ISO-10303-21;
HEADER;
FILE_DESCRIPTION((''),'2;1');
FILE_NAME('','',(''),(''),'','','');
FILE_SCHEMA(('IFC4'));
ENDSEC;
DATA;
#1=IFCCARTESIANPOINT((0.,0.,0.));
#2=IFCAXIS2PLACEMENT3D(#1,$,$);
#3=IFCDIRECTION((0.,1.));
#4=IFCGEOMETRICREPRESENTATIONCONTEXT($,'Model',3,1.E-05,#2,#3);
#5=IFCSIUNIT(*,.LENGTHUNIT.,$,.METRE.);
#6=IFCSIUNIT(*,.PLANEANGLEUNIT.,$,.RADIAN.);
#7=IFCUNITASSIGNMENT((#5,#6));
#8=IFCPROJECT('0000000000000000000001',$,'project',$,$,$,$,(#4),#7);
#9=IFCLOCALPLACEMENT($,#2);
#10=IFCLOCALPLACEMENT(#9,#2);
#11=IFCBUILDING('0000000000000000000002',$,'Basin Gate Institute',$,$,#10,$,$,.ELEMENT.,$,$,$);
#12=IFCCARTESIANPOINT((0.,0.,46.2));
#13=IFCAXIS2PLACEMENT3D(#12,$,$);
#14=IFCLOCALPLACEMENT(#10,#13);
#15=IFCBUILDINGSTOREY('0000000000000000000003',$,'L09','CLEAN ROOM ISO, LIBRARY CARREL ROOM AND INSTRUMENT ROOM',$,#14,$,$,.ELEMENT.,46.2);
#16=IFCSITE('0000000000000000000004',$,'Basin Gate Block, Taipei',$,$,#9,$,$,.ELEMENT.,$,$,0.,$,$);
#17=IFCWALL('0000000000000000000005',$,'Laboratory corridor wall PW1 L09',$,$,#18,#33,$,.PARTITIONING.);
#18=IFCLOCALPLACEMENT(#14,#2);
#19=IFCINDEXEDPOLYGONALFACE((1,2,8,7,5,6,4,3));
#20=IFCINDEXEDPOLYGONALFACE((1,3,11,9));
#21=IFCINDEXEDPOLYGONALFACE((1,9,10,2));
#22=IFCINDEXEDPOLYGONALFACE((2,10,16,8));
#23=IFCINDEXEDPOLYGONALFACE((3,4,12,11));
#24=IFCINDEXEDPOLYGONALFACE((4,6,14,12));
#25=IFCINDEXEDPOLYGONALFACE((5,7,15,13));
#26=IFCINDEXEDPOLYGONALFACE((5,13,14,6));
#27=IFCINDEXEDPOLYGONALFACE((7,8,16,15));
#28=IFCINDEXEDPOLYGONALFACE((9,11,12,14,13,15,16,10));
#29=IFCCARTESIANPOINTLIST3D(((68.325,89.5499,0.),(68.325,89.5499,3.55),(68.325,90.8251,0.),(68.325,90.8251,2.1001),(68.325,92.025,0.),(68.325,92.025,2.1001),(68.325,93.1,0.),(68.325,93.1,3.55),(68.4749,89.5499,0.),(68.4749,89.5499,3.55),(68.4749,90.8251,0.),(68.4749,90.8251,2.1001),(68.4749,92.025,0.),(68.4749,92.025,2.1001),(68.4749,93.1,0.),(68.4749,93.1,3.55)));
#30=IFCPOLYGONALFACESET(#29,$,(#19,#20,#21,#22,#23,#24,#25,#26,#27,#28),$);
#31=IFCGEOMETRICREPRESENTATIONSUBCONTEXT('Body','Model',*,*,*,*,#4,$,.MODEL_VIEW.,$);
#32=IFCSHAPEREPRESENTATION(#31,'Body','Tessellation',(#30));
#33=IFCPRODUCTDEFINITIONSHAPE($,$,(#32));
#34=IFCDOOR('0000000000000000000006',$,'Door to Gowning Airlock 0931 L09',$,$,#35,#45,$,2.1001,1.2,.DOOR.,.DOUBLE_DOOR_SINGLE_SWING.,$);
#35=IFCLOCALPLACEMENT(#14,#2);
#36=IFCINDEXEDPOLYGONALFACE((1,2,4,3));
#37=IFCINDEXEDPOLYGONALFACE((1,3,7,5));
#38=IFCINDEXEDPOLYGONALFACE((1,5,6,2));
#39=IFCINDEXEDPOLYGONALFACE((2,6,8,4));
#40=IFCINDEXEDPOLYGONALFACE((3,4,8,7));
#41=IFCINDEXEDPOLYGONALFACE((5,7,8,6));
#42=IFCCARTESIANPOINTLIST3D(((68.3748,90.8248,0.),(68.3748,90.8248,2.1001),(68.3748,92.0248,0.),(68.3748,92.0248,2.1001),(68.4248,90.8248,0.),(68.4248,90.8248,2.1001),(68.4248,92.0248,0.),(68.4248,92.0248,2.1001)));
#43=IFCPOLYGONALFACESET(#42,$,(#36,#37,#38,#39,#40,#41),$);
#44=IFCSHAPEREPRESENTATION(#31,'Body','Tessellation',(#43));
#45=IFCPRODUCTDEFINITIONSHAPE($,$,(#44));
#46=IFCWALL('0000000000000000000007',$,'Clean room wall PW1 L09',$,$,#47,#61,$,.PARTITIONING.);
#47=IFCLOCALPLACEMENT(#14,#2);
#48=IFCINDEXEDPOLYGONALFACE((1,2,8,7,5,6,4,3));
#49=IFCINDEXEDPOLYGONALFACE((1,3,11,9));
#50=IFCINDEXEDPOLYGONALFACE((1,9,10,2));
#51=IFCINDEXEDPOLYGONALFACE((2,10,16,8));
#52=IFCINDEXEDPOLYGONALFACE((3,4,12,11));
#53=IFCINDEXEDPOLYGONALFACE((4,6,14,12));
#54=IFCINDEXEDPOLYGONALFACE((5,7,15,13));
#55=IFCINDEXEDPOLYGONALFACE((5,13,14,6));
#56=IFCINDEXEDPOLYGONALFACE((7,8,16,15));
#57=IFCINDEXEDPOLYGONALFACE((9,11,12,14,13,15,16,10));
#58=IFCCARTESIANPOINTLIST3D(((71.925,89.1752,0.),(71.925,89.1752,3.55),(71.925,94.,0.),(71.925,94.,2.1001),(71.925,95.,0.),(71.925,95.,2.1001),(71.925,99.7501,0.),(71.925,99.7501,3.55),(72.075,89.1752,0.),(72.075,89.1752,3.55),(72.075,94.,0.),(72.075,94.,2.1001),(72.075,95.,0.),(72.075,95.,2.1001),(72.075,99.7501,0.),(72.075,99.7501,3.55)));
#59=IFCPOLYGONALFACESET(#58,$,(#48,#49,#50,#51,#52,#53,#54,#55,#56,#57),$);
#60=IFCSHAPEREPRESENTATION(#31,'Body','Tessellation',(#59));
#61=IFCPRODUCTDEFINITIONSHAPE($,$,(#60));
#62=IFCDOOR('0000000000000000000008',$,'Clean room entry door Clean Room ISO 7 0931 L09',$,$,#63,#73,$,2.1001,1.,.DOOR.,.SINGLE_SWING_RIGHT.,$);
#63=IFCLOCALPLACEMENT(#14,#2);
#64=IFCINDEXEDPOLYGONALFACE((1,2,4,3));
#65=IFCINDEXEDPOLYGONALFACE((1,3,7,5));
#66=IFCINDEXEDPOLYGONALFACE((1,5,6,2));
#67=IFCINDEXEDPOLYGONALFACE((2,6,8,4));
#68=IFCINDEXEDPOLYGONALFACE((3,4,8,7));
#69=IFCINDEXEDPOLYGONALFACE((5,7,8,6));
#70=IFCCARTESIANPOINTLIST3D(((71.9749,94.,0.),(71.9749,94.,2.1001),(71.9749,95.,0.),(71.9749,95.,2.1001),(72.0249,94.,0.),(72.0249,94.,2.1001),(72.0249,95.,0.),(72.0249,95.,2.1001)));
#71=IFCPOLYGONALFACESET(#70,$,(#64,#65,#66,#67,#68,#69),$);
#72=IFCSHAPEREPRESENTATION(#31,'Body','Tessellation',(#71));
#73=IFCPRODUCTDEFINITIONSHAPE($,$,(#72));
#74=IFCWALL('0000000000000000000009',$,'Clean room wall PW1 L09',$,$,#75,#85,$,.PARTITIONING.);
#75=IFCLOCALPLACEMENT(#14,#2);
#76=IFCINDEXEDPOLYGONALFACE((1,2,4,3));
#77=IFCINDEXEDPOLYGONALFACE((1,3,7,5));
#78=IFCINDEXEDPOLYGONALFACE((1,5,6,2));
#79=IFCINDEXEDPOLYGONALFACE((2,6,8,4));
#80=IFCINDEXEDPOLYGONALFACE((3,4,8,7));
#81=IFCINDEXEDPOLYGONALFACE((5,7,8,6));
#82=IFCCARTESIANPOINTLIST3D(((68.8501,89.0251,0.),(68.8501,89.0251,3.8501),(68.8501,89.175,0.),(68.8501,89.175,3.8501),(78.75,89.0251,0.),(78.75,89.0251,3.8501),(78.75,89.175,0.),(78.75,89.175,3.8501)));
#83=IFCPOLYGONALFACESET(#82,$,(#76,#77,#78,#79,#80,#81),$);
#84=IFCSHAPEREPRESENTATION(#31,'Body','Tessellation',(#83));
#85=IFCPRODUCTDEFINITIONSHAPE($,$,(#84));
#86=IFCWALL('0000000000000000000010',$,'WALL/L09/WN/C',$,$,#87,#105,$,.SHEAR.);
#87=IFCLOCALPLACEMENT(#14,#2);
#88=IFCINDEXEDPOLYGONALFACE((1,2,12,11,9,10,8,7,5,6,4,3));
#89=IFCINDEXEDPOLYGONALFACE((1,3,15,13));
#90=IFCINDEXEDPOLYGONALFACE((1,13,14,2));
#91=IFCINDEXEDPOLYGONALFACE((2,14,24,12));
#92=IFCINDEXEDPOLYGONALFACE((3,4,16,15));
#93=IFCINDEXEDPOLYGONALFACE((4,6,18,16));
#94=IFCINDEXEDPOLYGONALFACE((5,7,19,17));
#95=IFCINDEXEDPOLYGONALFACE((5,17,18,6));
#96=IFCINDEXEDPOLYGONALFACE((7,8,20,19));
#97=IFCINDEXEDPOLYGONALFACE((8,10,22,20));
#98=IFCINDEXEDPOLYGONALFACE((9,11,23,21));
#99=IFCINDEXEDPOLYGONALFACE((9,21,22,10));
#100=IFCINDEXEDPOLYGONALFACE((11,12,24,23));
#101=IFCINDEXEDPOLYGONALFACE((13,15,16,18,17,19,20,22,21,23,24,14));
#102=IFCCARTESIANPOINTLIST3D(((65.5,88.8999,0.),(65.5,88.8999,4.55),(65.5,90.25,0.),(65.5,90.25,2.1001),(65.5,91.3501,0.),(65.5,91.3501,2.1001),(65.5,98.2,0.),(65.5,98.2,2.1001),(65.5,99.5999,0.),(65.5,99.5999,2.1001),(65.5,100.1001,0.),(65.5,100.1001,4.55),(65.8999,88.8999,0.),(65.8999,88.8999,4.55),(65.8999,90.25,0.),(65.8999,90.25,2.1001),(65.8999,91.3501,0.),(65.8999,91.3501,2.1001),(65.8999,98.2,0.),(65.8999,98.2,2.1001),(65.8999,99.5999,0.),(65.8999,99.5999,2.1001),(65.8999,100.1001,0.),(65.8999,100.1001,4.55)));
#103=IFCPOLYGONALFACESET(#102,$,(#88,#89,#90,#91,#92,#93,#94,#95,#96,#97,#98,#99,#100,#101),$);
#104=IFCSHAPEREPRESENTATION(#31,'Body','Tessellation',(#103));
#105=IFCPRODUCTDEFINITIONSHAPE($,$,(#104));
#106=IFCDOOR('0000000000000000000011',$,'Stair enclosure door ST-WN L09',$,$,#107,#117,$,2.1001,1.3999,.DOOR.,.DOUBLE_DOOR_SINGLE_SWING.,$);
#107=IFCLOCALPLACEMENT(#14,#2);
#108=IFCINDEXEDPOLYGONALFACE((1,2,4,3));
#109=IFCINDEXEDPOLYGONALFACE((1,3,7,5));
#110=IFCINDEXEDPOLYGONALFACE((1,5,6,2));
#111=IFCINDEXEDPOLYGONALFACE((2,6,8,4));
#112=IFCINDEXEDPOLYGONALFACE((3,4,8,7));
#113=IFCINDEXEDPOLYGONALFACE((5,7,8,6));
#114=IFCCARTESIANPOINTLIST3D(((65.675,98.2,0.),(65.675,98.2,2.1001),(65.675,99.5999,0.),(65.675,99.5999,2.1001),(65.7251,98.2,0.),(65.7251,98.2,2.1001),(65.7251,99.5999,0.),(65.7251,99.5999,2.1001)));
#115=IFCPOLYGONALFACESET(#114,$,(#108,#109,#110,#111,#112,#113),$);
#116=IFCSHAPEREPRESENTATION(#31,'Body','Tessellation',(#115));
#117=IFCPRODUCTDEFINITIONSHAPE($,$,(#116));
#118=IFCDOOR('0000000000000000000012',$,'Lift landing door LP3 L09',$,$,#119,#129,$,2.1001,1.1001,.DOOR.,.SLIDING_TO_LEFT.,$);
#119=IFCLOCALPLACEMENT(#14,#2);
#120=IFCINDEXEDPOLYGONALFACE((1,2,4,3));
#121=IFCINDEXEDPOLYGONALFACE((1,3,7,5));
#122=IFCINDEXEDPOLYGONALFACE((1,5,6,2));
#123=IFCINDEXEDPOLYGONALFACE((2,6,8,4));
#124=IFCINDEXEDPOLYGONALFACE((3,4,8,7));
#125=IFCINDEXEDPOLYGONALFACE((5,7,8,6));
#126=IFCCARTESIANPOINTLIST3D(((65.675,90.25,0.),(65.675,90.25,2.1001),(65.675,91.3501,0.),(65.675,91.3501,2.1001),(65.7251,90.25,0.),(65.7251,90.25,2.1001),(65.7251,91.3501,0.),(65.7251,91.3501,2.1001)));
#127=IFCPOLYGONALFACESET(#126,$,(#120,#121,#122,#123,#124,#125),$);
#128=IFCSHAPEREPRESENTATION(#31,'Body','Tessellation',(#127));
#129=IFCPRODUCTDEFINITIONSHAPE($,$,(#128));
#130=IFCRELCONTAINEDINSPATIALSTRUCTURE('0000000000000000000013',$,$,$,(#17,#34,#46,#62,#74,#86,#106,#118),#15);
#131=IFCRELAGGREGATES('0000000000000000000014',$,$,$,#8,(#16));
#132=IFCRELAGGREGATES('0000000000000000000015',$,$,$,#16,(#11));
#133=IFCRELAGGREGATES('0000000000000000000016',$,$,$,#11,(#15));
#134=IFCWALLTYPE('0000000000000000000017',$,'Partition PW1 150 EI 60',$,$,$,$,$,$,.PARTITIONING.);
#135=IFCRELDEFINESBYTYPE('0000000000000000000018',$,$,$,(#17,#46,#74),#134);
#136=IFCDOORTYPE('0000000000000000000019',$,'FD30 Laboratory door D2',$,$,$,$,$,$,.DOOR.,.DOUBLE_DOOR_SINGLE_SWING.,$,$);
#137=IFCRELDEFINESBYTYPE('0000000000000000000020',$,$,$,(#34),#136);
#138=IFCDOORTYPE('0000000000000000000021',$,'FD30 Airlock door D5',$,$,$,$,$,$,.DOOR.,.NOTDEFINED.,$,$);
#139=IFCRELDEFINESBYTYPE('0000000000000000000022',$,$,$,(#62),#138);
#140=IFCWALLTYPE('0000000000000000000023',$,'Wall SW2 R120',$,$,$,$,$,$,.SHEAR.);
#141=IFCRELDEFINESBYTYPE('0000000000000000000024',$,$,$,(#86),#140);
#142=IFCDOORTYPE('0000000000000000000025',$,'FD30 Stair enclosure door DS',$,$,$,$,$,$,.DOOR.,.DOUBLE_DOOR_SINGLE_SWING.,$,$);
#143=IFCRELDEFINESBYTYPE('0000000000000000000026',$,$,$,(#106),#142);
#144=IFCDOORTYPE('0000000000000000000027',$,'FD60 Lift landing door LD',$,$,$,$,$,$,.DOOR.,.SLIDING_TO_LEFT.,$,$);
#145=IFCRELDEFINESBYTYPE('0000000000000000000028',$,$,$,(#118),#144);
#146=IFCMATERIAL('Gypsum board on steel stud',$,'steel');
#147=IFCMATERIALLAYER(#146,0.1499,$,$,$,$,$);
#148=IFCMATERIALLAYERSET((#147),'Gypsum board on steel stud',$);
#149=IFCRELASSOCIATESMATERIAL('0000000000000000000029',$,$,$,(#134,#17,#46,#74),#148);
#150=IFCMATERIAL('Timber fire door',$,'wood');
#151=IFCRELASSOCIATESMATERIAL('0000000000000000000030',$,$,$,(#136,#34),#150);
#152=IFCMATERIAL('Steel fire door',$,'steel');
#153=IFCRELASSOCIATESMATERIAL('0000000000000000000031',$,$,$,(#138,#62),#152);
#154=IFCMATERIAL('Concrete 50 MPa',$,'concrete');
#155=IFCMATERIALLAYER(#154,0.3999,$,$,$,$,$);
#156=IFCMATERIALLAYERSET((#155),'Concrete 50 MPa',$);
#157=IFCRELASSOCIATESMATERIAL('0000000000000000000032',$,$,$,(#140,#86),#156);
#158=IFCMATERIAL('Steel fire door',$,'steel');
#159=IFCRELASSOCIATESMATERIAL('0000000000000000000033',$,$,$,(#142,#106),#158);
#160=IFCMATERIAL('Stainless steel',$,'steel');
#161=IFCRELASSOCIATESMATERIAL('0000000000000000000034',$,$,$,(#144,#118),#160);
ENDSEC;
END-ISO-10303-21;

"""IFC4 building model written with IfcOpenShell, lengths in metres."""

from ifc_helpers import new_model, si_unit, direction, frame, frame_2d, origin, place, context, subcontext, project, spatial, rectangle, extrude, material, layer, layer_set, type_object, element, fill, save


model = new_model("IFC4")

# Units and contexts
model_context = context("Model", 3, precision=1e-05, world=origin(), true_north=direction((0.0, 1.0)))
body_context = subcontext(model_context, "Body", "Model", "MODEL_VIEW")
ifc_project = project(units=[si_unit("LENGTHUNIT", "METRE"), si_unit("PLANEANGLEUNIT", "RADIAN")], contexts=[model_context])

# Site, building, storey
site_placement = place(None, origin())
site = spatial("IfcSite", under=ifc_project, at=site_placement, Name="Basin Gate Block, Taipei", CompositionType="ELEMENT", RefElevation=0.0)
building_placement = place(site_placement, origin())
building = spatial("IfcBuilding", under=site, at=building_placement, Name="Basin Gate Institute", CompositionType="ELEMENT")
storey_placement = place(building_placement, frame((0.0, 0.0, 46.2)))
storey = spatial("IfcBuildingStorey", under=building, at=storey_placement, Name="L09", Description="CLEAN ROOM ISO, LIBRARY CARREL ROOM AND INSTRUMENT ROOM", CompositionType="ELEMENT", Elevation=46.2)

# Walls, openings, doors
ifc_material_1 = material(Name="Gypsum board on steel stud", Category="steel")
ifc_layer_1 = layer(ifc_material_1, 0.1499)
ifc_layer_set_1 = layer_set([ifc_layer_1], Name="Gypsum board on steel stud")
wall_type_1 = type_object("IfcWallType", Name="Partition PW1 150 EI 60", PredefinedType="PARTITIONING", material=ifc_layer_set_1)
wall_1_placement = place(storey_placement, frame((68.3999, 89.55, 0.0), z_axis=(0.0, 0.0, 1.0), x_axis=(0.0, 1.0, 0.0)))
wall_1 = element("IfcWall", 1, at=wall_1_placement, inside=storey, type_object=wall_type_1, material=ifc_layer_set_1, Name="Laboratory corridor wall PW1 L09", PredefinedType="PARTITIONING", context=body_context, shape_type="SweptSolid", body=[
    extrude(rectangle(XDim=3.55, YDim=0.1499, at=frame_2d((1.7749, 0.0))), origin(), (0.0, 0.0, 1.0), 3.55),
])
opening_1_placement = place(wall_1_placement, frame((1.2749, 0.0, 0.0)))
opening_1 = element("IfcOpeningElement", 2, at=opening_1_placement, cuts=wall_1, PredefinedType="OPENING", context=body_context, shape_type="SweptSolid", body=[
    extrude(rectangle(XDim=1.2, YDim=2.1001, at=frame_2d((0.6001, 1.05))), frame((0.0, 0.085, 0.0), z_axis=(0.0, -1.0, 0.0), x_axis=(1.0, 0.0, 0.0)), (0.0, 0.0, 1.0), 0.1699),
])
ifc_material_2 = material(Name="Timber fire door", Category="wood")
door_type_1 = type_object("IfcDoorType", Name="FD30 Laboratory door D2", OperationType="DOUBLE_DOOR_SINGLE_SWING", PredefinedType="DOOR", material=ifc_material_2)
door_1_placement = place(opening_1_placement, frame((1.2, 0.0, 0.0), z_axis=(0.0, 0.0, 1.0), x_axis=(-1.0, 0.0, 0.0)))
door_1 = element("IfcDoor", 3, at=door_1_placement, inside=storey, type_object=door_type_1, material=ifc_material_2, Name="Door to Gowning Airlock 0931 L09", OperationType="DOUBLE_DOOR_SINGLE_SWING", OverallHeight=2.1001, OverallWidth=1.2, PredefinedType="DOOR", context=body_context, shape_type="SweptSolid", body=[
    extrude(rectangle(XDim=1.2, YDim=2.1001, at=frame_2d((0.6001, 1.05))), frame((0.0, 0.0249, 0.0), z_axis=(0.0, -1.0, 0.0), x_axis=(1.0, 0.0, 0.0)), (0.0, 0.0, 1.0), 0.05),
])
fill(opening_1, door_1)
wall_2_placement = place(storey_placement, frame((72.0, 89.175, 0.0), z_axis=(0.0, 0.0, 1.0), x_axis=(0.0, 1.0, 0.0)))
wall_2 = element("IfcWall", 4, at=wall_2_placement, inside=storey, type_object=wall_type_1, material=ifc_layer_set_1, Name="Clean room wall PW1 L09", PredefinedType="PARTITIONING", context=body_context, shape_type="SweptSolid", body=[
    extrude(rectangle(XDim=10.575, YDim=0.1499, at=frame_2d((5.2876, 0.0))), origin(), (0.0, 0.0, 1.0), 3.55),
])
opening_2_placement = place(wall_2_placement, frame((4.825, 0.0, 0.0)))
opening_2 = element("IfcOpeningElement", 5, at=opening_2_placement, cuts=wall_2, PredefinedType="OPENING", context=body_context, shape_type="SweptSolid", body=[
    extrude(rectangle(XDim=1.0, YDim=2.1001, at=frame_2d((0.5, 1.05))), frame((0.0, 0.085, 0.0), z_axis=(0.0, -1.0, 0.0), x_axis=(1.0, 0.0, 0.0)), (0.0, 0.0, 1.0), 0.1699),
])
ifc_material_3 = material(Name="Steel fire door", Category="steel")
door_type_2 = type_object("IfcDoorType", Name="FD30 Airlock door D5", OperationType="NOTDEFINED", PredefinedType="DOOR", material=ifc_material_3)
door_2_placement = place(opening_2_placement, frame((1.0, 0.0, 0.0), z_axis=(0.0, 0.0, 1.0), x_axis=(-1.0, 0.0, 0.0)))
door_2 = element("IfcDoor", 6, at=door_2_placement, inside=storey, type_object=door_type_2, material=ifc_material_3, Name="Clean room entry door Clean Room ISO 7 0931 L09", OperationType="SINGLE_SWING_RIGHT", OverallHeight=2.1001, OverallWidth=1.0, PredefinedType="DOOR", context=body_context, shape_type="SweptSolid", body=[
    extrude(rectangle(XDim=1.0, YDim=2.1001, at=frame_2d((0.5, 1.05))), frame((0.0, 0.0249, 0.0), z_axis=(0.0, -1.0, 0.0), x_axis=(1.0, 0.0, 0.0)), (0.0, 0.0, 1.0), 0.05),
])
fill(opening_2, door_2)

# Wall
wall_3_placement = place(storey_placement, frame((68.8501, 89.1001, 0.0), z_axis=(0.0, 0.0, 1.0), x_axis=(1.0, 0.0, 0.0)))
element("IfcWall", 7, at=wall_3_placement, inside=storey, type_object=wall_type_1, material=ifc_layer_set_1, Name="Clean room wall PW1 L09", PredefinedType="PARTITIONING", context=body_context, shape_type="SweptSolid", body=[
    extrude(rectangle(XDim=9.8999, YDim=0.1499, at=frame_2d((4.95, 0.0))), origin(), (0.0, 0.0, 1.0), 3.8501),
])

# Wall, openings, doors
ifc_material_4 = material(Name="Concrete 50 MPa", Category="concrete")
ifc_layer_2 = layer(ifc_material_4, 0.3999)
ifc_layer_set_2 = layer_set([ifc_layer_2], Name="Concrete 50 MPa")
wall_type_2 = type_object("IfcWallType", Name="Wall SW2 R120", PredefinedType="SHEAR", material=ifc_layer_set_2)
wall_4_placement = place(storey_placement, frame((65.7, 88.8999, 0.0), z_axis=(0.0, 0.0, 1.0), x_axis=(0.0, 1.0, 0.0)))
wall_4 = element("IfcWall", 8, at=wall_4_placement, inside=storey, type_object=wall_type_2, material=ifc_layer_set_2, Name="WALL/L09/WN/C", PredefinedType="SHEAR", context=body_context, shape_type="SweptSolid", body=[
    extrude(rectangle(XDim=11.2002, YDim=0.3999, at=frame_2d((5.6001, 0.0))), origin(), (0.0, 0.0, 1.0), 4.55),
])
opening_3_placement = place(wall_4_placement, frame((9.3, 0.0, 0.0)))
opening_3 = element("IfcOpeningElement", 9, at=opening_3_placement, cuts=wall_4, PredefinedType="OPENING", context=body_context, shape_type="SweptSolid", body=[
    extrude(rectangle(XDim=1.3999, YDim=2.1001, at=frame_2d((0.7, 1.05))), frame((0.0, 0.21, 0.0), z_axis=(0.0, -1.0, 0.0), x_axis=(1.0, 0.0, 0.0)), (0.0, 0.0, 1.0), 0.4199),
])
opening_4_placement = place(wall_4_placement, frame((1.3501, 0.0, 0.0)))
opening_4 = element("IfcOpeningElement", 10, at=opening_4_placement, cuts=wall_4, PredefinedType="OPENING", context=body_context, shape_type="SweptSolid", body=[
    extrude(rectangle(XDim=1.1001, YDim=2.1001, at=frame_2d((0.55, 1.05))), frame((0.0, 0.21, 0.0), z_axis=(0.0, -1.0, 0.0), x_axis=(1.0, 0.0, 0.0)), (0.0, 0.0, 1.0), 0.4199),
])
ifc_material_5 = material(Name="Steel fire door", Category="steel")
door_type_3 = type_object("IfcDoorType", Name="FD30 Stair enclosure door DS", OperationType="DOUBLE_DOOR_SINGLE_SWING", PredefinedType="DOOR", material=ifc_material_5)
door_3_placement = place(opening_3_placement, origin())
door_3 = element("IfcDoor", 11, at=door_3_placement, inside=storey, type_object=door_type_3, material=ifc_material_5, Name="Stair enclosure door ST-WN L09", OperationType="DOUBLE_DOOR_SINGLE_SWING", OverallHeight=2.1001, OverallWidth=1.3999, PredefinedType="DOOR", context=body_context, shape_type="SweptSolid", body=[
    extrude(rectangle(XDim=1.3999, YDim=2.1001, at=frame_2d((0.7, 1.05))), frame((0.0, 0.0249, 0.0), z_axis=(0.0, -1.0, 0.0), x_axis=(1.0, 0.0, 0.0)), (0.0, 0.0, 1.0), 0.05),
])
fill(opening_3, door_3)
ifc_material_6 = material(Name="Stainless steel", Category="steel")
door_type_4 = type_object("IfcDoorType", Name="FD60 Lift landing door LD", OperationType="SLIDING_TO_LEFT", PredefinedType="DOOR", material=ifc_material_6)
door_4_placement = place(opening_4_placement, origin())
door_4 = element("IfcDoor", 12, at=door_4_placement, inside=storey, type_object=door_type_4, material=ifc_material_6, Name="Lift landing door LP3 L09", OperationType="SLIDING_TO_LEFT", OverallHeight=2.1001, OverallWidth=1.1001, PredefinedType="DOOR", context=body_context, shape_type="SweptSolid", body=[
    extrude(rectangle(XDim=1.1001, YDim=2.1001, at=frame_2d((0.55, 1.05))), frame((0.0, 0.0249, 0.0), z_axis=(0.0, -1.0, 0.0), x_axis=(1.0, 0.0, 0.0)), (0.0, 0.0, 1.0), 0.05),
])
fill(opening_4, door_4)

save(model, "model.ifc")
